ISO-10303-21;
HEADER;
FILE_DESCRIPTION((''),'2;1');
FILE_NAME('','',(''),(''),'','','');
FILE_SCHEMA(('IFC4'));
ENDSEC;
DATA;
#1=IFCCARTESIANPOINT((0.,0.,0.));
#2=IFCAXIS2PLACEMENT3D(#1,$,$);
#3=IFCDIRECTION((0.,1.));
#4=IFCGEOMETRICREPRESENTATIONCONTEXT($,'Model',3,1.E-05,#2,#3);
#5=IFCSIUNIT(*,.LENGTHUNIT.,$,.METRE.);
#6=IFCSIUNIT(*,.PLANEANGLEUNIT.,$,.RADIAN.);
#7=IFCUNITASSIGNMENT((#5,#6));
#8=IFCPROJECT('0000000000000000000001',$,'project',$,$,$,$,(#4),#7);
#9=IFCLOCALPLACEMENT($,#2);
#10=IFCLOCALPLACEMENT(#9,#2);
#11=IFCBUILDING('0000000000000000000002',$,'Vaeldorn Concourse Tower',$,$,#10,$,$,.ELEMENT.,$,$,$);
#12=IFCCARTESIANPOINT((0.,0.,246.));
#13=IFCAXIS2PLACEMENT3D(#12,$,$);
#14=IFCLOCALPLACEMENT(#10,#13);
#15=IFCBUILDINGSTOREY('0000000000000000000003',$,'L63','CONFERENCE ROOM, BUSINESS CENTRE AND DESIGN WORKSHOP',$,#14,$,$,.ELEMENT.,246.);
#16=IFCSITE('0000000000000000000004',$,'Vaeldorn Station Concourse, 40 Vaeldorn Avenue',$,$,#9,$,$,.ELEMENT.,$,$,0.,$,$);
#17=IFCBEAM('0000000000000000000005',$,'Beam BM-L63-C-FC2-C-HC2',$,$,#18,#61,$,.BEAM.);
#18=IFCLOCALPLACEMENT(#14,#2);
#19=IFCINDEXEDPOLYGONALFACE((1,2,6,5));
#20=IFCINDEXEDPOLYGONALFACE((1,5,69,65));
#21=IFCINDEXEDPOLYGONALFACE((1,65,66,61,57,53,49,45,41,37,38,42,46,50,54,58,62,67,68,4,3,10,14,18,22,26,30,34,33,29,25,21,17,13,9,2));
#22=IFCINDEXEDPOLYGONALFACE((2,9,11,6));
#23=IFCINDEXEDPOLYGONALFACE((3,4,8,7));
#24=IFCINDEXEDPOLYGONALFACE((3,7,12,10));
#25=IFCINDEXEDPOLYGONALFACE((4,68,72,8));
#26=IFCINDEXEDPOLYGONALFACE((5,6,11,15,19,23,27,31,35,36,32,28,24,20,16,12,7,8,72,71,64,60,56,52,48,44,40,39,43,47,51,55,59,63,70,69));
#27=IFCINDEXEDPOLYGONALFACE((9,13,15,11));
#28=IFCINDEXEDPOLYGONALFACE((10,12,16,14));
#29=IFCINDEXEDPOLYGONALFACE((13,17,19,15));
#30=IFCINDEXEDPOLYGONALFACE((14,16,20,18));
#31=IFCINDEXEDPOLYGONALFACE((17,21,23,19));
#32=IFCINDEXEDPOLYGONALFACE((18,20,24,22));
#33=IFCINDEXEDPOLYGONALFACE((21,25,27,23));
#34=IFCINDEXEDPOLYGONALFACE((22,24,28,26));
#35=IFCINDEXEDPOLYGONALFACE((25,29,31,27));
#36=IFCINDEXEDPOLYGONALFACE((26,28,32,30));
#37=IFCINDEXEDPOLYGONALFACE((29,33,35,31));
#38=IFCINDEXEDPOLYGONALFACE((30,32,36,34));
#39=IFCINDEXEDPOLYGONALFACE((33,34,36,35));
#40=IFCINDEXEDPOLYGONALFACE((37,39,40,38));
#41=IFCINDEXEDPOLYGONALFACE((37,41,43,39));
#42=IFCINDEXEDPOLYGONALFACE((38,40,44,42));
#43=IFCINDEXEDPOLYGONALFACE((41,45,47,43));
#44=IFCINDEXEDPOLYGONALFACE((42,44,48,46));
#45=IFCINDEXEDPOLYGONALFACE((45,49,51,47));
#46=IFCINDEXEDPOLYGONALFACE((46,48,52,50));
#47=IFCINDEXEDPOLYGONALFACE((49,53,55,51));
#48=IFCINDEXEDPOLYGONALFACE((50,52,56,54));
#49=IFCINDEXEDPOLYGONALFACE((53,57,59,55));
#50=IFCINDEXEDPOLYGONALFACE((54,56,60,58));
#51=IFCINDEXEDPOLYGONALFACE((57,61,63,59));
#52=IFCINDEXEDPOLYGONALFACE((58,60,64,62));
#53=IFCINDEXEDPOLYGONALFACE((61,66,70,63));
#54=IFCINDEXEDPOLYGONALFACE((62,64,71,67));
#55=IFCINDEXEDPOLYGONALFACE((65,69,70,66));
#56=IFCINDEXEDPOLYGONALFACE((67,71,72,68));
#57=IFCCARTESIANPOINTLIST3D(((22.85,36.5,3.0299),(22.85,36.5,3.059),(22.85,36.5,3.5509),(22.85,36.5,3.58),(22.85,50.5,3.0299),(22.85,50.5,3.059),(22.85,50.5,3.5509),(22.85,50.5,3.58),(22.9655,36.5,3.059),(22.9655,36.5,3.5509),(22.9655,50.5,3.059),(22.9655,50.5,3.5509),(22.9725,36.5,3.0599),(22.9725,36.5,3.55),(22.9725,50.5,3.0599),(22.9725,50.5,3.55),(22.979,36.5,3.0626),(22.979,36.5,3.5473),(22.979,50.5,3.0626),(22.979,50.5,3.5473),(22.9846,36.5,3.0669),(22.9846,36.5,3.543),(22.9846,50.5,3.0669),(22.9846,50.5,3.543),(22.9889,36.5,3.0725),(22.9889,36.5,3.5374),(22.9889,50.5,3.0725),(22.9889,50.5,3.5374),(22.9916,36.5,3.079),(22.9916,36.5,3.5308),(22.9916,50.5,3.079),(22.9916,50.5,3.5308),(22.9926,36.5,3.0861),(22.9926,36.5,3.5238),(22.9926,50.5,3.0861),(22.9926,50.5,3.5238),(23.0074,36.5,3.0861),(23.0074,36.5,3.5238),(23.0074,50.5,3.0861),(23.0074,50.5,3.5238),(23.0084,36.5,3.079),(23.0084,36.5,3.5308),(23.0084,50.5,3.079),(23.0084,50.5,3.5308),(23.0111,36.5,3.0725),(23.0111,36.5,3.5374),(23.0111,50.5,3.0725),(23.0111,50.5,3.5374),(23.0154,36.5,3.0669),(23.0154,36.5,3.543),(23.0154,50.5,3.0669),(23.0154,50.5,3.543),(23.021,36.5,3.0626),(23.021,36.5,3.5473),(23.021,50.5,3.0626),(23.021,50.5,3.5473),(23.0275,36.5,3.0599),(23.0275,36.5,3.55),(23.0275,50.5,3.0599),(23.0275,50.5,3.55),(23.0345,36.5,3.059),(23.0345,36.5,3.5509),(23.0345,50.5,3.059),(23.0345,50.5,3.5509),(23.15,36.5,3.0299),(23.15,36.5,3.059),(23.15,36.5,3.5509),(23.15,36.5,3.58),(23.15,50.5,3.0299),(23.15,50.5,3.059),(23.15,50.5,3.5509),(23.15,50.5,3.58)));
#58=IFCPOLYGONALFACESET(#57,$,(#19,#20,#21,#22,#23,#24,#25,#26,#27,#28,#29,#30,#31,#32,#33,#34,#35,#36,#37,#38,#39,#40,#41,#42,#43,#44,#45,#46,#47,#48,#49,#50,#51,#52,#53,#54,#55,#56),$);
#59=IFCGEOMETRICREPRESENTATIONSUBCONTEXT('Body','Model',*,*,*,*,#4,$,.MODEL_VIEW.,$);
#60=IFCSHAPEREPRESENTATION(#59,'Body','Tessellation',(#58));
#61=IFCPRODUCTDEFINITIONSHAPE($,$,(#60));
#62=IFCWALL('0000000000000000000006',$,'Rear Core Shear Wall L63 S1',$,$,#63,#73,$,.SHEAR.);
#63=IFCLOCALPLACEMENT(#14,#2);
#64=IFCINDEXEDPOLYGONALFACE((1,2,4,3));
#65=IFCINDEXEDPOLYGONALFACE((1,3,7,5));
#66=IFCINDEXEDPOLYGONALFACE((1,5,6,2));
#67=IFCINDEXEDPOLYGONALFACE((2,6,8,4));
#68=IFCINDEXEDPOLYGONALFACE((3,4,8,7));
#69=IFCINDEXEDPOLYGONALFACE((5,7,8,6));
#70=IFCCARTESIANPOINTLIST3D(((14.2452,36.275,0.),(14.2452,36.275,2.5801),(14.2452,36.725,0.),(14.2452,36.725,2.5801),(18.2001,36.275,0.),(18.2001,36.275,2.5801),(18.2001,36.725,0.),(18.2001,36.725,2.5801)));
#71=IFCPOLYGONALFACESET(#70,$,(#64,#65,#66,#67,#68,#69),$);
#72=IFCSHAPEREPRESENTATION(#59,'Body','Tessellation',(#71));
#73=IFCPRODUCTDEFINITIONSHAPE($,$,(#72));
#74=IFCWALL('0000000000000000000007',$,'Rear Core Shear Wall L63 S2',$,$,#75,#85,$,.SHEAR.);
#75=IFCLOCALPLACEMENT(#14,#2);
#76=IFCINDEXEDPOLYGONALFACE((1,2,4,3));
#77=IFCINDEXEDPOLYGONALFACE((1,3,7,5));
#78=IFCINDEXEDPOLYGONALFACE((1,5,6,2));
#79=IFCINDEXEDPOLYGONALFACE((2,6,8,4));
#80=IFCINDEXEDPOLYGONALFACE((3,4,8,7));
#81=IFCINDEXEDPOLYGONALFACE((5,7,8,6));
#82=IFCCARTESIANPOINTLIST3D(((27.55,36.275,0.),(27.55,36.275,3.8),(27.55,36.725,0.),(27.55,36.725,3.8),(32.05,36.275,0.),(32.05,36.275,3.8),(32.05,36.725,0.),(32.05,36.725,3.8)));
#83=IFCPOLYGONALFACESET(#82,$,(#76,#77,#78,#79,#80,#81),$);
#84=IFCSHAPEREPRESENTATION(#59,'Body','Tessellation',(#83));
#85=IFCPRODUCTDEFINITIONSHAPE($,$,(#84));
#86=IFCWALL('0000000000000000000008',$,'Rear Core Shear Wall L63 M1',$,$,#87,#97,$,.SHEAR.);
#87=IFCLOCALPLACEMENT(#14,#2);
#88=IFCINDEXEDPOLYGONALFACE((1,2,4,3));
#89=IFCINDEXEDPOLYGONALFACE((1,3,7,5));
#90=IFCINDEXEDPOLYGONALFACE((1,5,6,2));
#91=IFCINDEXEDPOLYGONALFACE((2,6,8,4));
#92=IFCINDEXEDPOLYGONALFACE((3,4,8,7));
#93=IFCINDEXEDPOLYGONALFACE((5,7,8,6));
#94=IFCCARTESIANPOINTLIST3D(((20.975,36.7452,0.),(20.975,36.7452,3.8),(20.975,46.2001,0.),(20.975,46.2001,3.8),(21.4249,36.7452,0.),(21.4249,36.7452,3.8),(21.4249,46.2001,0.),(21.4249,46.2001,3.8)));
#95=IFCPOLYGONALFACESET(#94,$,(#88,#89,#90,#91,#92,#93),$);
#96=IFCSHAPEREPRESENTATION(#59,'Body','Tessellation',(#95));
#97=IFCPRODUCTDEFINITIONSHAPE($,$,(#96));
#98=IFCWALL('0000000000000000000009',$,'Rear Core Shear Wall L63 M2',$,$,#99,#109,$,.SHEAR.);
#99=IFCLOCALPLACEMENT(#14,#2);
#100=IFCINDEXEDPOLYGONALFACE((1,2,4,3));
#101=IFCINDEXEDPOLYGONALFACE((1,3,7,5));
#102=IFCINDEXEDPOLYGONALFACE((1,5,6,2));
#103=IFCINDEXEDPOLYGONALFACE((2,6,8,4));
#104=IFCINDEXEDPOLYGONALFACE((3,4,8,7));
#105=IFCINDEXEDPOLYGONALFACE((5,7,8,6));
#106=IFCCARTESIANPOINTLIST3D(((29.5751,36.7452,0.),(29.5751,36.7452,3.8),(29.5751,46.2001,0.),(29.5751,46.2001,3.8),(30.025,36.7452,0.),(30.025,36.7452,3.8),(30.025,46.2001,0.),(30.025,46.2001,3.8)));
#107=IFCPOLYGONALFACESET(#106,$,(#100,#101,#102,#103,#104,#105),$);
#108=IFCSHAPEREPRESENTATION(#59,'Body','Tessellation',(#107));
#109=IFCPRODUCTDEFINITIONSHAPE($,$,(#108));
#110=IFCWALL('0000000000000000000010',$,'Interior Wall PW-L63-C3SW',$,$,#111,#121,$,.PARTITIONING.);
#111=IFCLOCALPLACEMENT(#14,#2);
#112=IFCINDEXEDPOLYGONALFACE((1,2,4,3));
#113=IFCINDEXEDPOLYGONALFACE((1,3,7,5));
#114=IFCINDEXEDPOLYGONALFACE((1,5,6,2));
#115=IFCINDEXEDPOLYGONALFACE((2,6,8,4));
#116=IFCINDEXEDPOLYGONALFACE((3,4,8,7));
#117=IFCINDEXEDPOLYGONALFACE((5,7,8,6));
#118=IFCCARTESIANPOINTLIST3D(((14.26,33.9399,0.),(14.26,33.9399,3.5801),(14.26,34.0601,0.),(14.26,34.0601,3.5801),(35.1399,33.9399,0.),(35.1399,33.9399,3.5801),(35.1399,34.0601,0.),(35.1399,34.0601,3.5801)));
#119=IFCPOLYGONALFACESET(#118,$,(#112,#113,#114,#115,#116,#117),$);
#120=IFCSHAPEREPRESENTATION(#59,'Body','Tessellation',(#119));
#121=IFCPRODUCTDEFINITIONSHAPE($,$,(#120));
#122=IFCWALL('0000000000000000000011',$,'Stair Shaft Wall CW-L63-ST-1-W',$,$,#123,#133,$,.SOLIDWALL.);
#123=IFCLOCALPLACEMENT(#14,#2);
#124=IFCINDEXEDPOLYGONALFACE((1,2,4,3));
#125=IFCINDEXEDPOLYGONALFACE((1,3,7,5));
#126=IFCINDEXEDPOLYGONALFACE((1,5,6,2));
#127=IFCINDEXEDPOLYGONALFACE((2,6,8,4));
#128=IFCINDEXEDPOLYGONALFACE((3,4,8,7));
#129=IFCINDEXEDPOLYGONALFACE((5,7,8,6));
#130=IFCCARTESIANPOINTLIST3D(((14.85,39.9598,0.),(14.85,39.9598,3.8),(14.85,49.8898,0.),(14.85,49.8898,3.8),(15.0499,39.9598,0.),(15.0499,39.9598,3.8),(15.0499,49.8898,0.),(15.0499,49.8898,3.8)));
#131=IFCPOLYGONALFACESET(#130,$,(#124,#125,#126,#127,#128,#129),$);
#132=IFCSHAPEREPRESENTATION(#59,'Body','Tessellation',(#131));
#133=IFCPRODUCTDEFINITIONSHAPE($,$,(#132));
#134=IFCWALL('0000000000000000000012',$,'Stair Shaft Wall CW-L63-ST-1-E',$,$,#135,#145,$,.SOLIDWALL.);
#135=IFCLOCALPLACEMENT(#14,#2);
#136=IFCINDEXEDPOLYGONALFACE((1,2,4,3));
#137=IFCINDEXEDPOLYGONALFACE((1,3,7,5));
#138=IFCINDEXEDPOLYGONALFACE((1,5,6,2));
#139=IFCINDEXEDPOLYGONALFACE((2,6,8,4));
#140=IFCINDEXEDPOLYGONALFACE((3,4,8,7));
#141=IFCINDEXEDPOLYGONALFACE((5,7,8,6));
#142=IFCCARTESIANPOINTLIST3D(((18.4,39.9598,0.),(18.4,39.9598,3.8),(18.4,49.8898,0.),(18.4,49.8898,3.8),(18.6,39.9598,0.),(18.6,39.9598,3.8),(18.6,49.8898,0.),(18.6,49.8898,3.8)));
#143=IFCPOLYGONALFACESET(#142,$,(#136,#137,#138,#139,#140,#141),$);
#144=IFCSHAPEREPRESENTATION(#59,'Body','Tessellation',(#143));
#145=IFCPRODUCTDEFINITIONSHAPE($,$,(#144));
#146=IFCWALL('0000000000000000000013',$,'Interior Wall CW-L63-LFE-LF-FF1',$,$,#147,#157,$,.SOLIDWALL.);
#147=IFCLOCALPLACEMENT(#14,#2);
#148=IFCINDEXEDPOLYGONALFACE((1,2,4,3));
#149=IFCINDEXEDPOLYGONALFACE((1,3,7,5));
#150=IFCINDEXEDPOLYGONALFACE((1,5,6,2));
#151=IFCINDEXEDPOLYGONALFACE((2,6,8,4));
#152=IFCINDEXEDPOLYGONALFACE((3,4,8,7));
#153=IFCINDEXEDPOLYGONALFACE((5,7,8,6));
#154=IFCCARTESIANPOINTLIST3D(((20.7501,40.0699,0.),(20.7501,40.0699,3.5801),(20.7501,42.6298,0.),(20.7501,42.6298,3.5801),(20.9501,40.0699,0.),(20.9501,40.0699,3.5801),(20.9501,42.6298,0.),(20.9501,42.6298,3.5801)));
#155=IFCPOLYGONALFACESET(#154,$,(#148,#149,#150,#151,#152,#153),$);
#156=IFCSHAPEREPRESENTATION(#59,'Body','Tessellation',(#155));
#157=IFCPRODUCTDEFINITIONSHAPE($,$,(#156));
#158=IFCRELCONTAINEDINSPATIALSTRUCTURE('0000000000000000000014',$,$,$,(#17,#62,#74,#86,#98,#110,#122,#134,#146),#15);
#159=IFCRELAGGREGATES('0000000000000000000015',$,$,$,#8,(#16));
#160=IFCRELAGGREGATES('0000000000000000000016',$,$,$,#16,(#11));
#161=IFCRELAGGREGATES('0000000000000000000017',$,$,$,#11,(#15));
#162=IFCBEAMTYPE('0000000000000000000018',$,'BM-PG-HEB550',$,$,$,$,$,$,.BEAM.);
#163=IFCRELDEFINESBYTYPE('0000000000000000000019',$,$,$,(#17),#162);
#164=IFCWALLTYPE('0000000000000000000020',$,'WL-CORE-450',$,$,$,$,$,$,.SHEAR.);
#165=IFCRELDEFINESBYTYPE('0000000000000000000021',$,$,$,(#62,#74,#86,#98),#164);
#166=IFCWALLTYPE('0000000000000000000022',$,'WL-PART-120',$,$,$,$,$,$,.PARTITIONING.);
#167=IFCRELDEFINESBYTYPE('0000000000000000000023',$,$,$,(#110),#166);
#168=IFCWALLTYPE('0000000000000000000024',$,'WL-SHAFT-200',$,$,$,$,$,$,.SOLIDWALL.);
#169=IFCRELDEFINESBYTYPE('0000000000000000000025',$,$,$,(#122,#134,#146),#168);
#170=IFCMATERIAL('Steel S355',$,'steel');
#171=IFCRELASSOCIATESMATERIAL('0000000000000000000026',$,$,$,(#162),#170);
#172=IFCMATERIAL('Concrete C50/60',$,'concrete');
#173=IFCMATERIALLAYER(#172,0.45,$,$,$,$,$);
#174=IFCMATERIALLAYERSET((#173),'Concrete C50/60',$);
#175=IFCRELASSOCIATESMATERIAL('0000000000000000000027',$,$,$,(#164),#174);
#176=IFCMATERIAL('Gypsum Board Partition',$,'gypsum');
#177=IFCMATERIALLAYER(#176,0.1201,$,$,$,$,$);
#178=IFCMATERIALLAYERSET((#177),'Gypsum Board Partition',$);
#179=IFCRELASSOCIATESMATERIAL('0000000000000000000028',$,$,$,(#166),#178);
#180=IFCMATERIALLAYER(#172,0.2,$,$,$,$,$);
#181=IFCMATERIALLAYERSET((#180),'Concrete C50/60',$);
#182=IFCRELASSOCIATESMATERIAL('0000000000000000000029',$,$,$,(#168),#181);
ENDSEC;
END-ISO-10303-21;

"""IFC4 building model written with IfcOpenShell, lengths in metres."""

from ifc_helpers import new_model, si_unit, direction, frame, frame_2d, origin, origin_2d, place, context, subcontext, project, spatial, rectangle, i_section, extrude, source, transform, mapped, material, layer, layer_set, material_profile, profile_set, type_object, element, save


model = new_model("IFC4")

# Units and contexts
model_context = context("Model", 3, precision=1e-05, world=origin(), true_north=direction((0.0, 1.0)))
body_context = subcontext(model_context, "Body", "Model", "MODEL_VIEW")
ifc_project = project(units=[si_unit("LENGTHUNIT", "METRE"), si_unit("PLANEANGLEUNIT", "RADIAN")], contexts=[model_context])

# Site, building, storey
site_placement = place(None, origin())
site = spatial("IfcSite", under=ifc_project, at=site_placement, Name="Vaeldorn Station Concourse, 40 Vaeldorn Avenue", CompositionType="ELEMENT", RefElevation=0.0)
building_placement = place(site_placement, origin())
building = spatial("IfcBuilding", under=site, at=building_placement, Name="Vaeldorn Concourse Tower", CompositionType="ELEMENT")
storey_placement = place(building_placement, frame((0.0, 0.0, 246.0)))
storey = spatial("IfcBuildingStorey", under=building, at=storey_placement, Name="L63", Description="CONFERENCE ROOM, BUSINESS CENTRE AND DESIGN WORKSHOP", CompositionType="ELEMENT", Elevation=246.0)

# Beam
ifc_material_1 = material(Name="Steel S355", Category="steel")
ifc_material_profile_1 = material_profile(ifc_material_1, i_section(OverallWidth=0.3, OverallDepth=0.55, WebThickness=0.0149, FlangeThickness=0.0291, FilletRadius=0.0271, at=origin_2d()), Name="HEB 550")
ifc_profile_set_1 = profile_set([ifc_material_profile_1], Name="Steel S355")
beam_type_1 = type_object("IfcBeamType", Name="BM-PG-HEB550", PredefinedType="BEAM", material=ifc_profile_set_1)
shared_shape_1 = source(origin(), body_context, "Body", "SweptSolid", [
    extrude(i_section(OverallWidth=0.3, OverallDepth=0.55, WebThickness=0.0149, FlangeThickness=0.0291, FilletRadius=0.0271, at=origin_2d()), origin(), (0.0, 0.0, 1.0), 14.0),
])
beam_1_placement = place(storey_placement, frame((23.0, 36.5, 3.3049), z_axis=(0.0, 1.0, 0.0), x_axis=(-1.0, 0.0, 0.0)))
element("IfcBeam", 1, at=beam_1_placement, inside=storey, type_object=beam_type_1, Name="Beam BM-L63-C-FC2-C-HC2", PredefinedType="BEAM", context=body_context, shape_type="MappedRepresentation", body=[
    mapped(shared_shape_1, transform((0.0, 0.0, 0.0), scale=1.0)),
])

# Walls
ifc_material_2 = material(Name="Concrete C50/60", Category="concrete")
ifc_layer_1 = layer(ifc_material_2, 0.45)
ifc_layer_set_1 = layer_set([ifc_layer_1], Name="Concrete C50/60")
wall_type_1 = type_object("IfcWallType", Name="WL-CORE-450", PredefinedType="SHEAR", material=ifc_layer_set_1)
wall_1_placement = place(storey_placement, frame((14.2451, 36.5, 0.0), z_axis=(0.0, 0.0, 1.0), x_axis=(1.0, 0.0, 0.0)))
element("IfcWall", 2, at=wall_1_placement, inside=storey, type_object=wall_type_1, Name="Rear Core Shear Wall L63 S1", PredefinedType="SHEAR", context=body_context, shape_type="SweptSolid", body=[
    extrude(rectangle(XDim=3.9548, YDim=0.45, at=frame_2d((1.9775, 0.0))), origin(), (0.0, 0.0, 1.0), 2.5801),
])
wall_2_placement = place(storey_placement, frame((27.55, 36.5, 0.0), z_axis=(0.0, 0.0, 1.0), x_axis=(1.0, 0.0, 0.0)))
element("IfcWall", 3, at=wall_2_placement, inside=storey, type_object=wall_type_1, Name="Rear Core Shear Wall L63 S2", PredefinedType="SHEAR", context=body_context, shape_type="SweptSolid", body=[
    extrude(rectangle(XDim=4.5, YDim=0.45, at=frame_2d((2.25, 0.0))), origin(), (0.0, 0.0, 1.0), 3.8),
])
for number, where, z_axis, x_axis, name in (
    (4, (21.2, 36.7451, 0.0), (0.0, 0.0, 1.0), (0.0, 1.0, 0.0), "Rear Core Shear Wall L63 M1"),
    (5, (29.8, 36.7451, 0.0), (0.0, 0.0, 1.0), (0.0, 1.0, 0.0), "Rear Core Shear Wall L63 M2"),
):
    element("IfcWall", number, at=place(storey_placement, frame(where, z_axis=z_axis, x_axis=x_axis)), inside=storey, type_object=wall_type_1, Name=name, PredefinedType="SHEAR", context=body_context, shape_type="SweptSolid", body=[
        extrude(rectangle(XDim=9.4548, YDim=0.45, at=frame_2d((4.7275, 0.0))), origin(), (0.0, 0.0, 1.0), 3.8),
    ])
ifc_material_3 = material(Name="Gypsum Board Partition", Category="gypsum")
ifc_layer_2 = layer(ifc_material_3, 0.1201)
ifc_layer_set_2 = layer_set([ifc_layer_2], Name="Gypsum Board Partition")
wall_type_2 = type_object("IfcWallType", Name="WL-PART-120", PredefinedType="PARTITIONING", material=ifc_layer_set_2)
wall_3_placement = place(storey_placement, frame((14.26, 34.0, 0.0), z_axis=(0.0, 0.0, 1.0), x_axis=(1.0, 0.0, 0.0)))
element("IfcWall", 6, at=wall_3_placement, inside=storey, type_object=wall_type_2, Name="Interior Wall PW-L63-C3SW", PredefinedType="PARTITIONING", context=body_context, shape_type="SweptSolid", body=[
    extrude(rectangle(XDim=20.8799, YDim=0.1201, at=frame_2d((10.4399, 0.0))), origin(), (0.0, 0.0, 1.0), 3.5801),
])

# Shared definitions
ifc_layer_3 = layer(ifc_material_2, 0.2)
ifc_layer_set_3 = layer_set([ifc_layer_3], Name="Concrete C50/60")
wall_type_3 = type_object("IfcWallType", Name="WL-SHAFT-200", PredefinedType="SOLIDWALL", material=ifc_layer_set_3)

# Walls
for number, where, z_axis, x_axis, name in (
    (7, (14.95, 39.96, 0.0), (0.0, 0.0, 1.0), (0.0, 1.0, 0.0), "Stair Shaft Wall CW-L63-ST-1-W"),
    (8, (18.5, 39.96, 0.0), (0.0, 0.0, 1.0), (0.0, 1.0, 0.0), "Stair Shaft Wall CW-L63-ST-1-E"),
):
    element("IfcWall", number, at=place(storey_placement, frame(where, z_axis=z_axis, x_axis=x_axis)), inside=storey, type_object=wall_type_3, Name=name, PredefinedType="SOLIDWALL", context=body_context, shape_type="SweptSolid", body=[
        extrude(rectangle(XDim=9.9299, YDim=0.2, at=frame_2d((4.9648, 0.0))), origin(), (0.0, 0.0, 1.0), 3.8),
    ])

# Wall
wall_4_placement = place(storey_placement, frame((20.8501, 40.0701, 0.0), z_axis=(0.0, 0.0, 1.0), x_axis=(0.0, 1.0, 0.0)))
element("IfcWall", 9, at=wall_4_placement, inside=storey, type_object=wall_type_3, Name="Interior Wall CW-L63-LFE-LF-FF1", PredefinedType="SOLIDWALL", context=body_context, shape_type="SweptSolid", body=[
    extrude(rectangle(XDim=2.5598, YDim=0.2, at=frame_2d((1.2798, 0.0))), origin(), (0.0, 0.0, 1.0), 3.5801),
])

save(model, "model.ifc")
